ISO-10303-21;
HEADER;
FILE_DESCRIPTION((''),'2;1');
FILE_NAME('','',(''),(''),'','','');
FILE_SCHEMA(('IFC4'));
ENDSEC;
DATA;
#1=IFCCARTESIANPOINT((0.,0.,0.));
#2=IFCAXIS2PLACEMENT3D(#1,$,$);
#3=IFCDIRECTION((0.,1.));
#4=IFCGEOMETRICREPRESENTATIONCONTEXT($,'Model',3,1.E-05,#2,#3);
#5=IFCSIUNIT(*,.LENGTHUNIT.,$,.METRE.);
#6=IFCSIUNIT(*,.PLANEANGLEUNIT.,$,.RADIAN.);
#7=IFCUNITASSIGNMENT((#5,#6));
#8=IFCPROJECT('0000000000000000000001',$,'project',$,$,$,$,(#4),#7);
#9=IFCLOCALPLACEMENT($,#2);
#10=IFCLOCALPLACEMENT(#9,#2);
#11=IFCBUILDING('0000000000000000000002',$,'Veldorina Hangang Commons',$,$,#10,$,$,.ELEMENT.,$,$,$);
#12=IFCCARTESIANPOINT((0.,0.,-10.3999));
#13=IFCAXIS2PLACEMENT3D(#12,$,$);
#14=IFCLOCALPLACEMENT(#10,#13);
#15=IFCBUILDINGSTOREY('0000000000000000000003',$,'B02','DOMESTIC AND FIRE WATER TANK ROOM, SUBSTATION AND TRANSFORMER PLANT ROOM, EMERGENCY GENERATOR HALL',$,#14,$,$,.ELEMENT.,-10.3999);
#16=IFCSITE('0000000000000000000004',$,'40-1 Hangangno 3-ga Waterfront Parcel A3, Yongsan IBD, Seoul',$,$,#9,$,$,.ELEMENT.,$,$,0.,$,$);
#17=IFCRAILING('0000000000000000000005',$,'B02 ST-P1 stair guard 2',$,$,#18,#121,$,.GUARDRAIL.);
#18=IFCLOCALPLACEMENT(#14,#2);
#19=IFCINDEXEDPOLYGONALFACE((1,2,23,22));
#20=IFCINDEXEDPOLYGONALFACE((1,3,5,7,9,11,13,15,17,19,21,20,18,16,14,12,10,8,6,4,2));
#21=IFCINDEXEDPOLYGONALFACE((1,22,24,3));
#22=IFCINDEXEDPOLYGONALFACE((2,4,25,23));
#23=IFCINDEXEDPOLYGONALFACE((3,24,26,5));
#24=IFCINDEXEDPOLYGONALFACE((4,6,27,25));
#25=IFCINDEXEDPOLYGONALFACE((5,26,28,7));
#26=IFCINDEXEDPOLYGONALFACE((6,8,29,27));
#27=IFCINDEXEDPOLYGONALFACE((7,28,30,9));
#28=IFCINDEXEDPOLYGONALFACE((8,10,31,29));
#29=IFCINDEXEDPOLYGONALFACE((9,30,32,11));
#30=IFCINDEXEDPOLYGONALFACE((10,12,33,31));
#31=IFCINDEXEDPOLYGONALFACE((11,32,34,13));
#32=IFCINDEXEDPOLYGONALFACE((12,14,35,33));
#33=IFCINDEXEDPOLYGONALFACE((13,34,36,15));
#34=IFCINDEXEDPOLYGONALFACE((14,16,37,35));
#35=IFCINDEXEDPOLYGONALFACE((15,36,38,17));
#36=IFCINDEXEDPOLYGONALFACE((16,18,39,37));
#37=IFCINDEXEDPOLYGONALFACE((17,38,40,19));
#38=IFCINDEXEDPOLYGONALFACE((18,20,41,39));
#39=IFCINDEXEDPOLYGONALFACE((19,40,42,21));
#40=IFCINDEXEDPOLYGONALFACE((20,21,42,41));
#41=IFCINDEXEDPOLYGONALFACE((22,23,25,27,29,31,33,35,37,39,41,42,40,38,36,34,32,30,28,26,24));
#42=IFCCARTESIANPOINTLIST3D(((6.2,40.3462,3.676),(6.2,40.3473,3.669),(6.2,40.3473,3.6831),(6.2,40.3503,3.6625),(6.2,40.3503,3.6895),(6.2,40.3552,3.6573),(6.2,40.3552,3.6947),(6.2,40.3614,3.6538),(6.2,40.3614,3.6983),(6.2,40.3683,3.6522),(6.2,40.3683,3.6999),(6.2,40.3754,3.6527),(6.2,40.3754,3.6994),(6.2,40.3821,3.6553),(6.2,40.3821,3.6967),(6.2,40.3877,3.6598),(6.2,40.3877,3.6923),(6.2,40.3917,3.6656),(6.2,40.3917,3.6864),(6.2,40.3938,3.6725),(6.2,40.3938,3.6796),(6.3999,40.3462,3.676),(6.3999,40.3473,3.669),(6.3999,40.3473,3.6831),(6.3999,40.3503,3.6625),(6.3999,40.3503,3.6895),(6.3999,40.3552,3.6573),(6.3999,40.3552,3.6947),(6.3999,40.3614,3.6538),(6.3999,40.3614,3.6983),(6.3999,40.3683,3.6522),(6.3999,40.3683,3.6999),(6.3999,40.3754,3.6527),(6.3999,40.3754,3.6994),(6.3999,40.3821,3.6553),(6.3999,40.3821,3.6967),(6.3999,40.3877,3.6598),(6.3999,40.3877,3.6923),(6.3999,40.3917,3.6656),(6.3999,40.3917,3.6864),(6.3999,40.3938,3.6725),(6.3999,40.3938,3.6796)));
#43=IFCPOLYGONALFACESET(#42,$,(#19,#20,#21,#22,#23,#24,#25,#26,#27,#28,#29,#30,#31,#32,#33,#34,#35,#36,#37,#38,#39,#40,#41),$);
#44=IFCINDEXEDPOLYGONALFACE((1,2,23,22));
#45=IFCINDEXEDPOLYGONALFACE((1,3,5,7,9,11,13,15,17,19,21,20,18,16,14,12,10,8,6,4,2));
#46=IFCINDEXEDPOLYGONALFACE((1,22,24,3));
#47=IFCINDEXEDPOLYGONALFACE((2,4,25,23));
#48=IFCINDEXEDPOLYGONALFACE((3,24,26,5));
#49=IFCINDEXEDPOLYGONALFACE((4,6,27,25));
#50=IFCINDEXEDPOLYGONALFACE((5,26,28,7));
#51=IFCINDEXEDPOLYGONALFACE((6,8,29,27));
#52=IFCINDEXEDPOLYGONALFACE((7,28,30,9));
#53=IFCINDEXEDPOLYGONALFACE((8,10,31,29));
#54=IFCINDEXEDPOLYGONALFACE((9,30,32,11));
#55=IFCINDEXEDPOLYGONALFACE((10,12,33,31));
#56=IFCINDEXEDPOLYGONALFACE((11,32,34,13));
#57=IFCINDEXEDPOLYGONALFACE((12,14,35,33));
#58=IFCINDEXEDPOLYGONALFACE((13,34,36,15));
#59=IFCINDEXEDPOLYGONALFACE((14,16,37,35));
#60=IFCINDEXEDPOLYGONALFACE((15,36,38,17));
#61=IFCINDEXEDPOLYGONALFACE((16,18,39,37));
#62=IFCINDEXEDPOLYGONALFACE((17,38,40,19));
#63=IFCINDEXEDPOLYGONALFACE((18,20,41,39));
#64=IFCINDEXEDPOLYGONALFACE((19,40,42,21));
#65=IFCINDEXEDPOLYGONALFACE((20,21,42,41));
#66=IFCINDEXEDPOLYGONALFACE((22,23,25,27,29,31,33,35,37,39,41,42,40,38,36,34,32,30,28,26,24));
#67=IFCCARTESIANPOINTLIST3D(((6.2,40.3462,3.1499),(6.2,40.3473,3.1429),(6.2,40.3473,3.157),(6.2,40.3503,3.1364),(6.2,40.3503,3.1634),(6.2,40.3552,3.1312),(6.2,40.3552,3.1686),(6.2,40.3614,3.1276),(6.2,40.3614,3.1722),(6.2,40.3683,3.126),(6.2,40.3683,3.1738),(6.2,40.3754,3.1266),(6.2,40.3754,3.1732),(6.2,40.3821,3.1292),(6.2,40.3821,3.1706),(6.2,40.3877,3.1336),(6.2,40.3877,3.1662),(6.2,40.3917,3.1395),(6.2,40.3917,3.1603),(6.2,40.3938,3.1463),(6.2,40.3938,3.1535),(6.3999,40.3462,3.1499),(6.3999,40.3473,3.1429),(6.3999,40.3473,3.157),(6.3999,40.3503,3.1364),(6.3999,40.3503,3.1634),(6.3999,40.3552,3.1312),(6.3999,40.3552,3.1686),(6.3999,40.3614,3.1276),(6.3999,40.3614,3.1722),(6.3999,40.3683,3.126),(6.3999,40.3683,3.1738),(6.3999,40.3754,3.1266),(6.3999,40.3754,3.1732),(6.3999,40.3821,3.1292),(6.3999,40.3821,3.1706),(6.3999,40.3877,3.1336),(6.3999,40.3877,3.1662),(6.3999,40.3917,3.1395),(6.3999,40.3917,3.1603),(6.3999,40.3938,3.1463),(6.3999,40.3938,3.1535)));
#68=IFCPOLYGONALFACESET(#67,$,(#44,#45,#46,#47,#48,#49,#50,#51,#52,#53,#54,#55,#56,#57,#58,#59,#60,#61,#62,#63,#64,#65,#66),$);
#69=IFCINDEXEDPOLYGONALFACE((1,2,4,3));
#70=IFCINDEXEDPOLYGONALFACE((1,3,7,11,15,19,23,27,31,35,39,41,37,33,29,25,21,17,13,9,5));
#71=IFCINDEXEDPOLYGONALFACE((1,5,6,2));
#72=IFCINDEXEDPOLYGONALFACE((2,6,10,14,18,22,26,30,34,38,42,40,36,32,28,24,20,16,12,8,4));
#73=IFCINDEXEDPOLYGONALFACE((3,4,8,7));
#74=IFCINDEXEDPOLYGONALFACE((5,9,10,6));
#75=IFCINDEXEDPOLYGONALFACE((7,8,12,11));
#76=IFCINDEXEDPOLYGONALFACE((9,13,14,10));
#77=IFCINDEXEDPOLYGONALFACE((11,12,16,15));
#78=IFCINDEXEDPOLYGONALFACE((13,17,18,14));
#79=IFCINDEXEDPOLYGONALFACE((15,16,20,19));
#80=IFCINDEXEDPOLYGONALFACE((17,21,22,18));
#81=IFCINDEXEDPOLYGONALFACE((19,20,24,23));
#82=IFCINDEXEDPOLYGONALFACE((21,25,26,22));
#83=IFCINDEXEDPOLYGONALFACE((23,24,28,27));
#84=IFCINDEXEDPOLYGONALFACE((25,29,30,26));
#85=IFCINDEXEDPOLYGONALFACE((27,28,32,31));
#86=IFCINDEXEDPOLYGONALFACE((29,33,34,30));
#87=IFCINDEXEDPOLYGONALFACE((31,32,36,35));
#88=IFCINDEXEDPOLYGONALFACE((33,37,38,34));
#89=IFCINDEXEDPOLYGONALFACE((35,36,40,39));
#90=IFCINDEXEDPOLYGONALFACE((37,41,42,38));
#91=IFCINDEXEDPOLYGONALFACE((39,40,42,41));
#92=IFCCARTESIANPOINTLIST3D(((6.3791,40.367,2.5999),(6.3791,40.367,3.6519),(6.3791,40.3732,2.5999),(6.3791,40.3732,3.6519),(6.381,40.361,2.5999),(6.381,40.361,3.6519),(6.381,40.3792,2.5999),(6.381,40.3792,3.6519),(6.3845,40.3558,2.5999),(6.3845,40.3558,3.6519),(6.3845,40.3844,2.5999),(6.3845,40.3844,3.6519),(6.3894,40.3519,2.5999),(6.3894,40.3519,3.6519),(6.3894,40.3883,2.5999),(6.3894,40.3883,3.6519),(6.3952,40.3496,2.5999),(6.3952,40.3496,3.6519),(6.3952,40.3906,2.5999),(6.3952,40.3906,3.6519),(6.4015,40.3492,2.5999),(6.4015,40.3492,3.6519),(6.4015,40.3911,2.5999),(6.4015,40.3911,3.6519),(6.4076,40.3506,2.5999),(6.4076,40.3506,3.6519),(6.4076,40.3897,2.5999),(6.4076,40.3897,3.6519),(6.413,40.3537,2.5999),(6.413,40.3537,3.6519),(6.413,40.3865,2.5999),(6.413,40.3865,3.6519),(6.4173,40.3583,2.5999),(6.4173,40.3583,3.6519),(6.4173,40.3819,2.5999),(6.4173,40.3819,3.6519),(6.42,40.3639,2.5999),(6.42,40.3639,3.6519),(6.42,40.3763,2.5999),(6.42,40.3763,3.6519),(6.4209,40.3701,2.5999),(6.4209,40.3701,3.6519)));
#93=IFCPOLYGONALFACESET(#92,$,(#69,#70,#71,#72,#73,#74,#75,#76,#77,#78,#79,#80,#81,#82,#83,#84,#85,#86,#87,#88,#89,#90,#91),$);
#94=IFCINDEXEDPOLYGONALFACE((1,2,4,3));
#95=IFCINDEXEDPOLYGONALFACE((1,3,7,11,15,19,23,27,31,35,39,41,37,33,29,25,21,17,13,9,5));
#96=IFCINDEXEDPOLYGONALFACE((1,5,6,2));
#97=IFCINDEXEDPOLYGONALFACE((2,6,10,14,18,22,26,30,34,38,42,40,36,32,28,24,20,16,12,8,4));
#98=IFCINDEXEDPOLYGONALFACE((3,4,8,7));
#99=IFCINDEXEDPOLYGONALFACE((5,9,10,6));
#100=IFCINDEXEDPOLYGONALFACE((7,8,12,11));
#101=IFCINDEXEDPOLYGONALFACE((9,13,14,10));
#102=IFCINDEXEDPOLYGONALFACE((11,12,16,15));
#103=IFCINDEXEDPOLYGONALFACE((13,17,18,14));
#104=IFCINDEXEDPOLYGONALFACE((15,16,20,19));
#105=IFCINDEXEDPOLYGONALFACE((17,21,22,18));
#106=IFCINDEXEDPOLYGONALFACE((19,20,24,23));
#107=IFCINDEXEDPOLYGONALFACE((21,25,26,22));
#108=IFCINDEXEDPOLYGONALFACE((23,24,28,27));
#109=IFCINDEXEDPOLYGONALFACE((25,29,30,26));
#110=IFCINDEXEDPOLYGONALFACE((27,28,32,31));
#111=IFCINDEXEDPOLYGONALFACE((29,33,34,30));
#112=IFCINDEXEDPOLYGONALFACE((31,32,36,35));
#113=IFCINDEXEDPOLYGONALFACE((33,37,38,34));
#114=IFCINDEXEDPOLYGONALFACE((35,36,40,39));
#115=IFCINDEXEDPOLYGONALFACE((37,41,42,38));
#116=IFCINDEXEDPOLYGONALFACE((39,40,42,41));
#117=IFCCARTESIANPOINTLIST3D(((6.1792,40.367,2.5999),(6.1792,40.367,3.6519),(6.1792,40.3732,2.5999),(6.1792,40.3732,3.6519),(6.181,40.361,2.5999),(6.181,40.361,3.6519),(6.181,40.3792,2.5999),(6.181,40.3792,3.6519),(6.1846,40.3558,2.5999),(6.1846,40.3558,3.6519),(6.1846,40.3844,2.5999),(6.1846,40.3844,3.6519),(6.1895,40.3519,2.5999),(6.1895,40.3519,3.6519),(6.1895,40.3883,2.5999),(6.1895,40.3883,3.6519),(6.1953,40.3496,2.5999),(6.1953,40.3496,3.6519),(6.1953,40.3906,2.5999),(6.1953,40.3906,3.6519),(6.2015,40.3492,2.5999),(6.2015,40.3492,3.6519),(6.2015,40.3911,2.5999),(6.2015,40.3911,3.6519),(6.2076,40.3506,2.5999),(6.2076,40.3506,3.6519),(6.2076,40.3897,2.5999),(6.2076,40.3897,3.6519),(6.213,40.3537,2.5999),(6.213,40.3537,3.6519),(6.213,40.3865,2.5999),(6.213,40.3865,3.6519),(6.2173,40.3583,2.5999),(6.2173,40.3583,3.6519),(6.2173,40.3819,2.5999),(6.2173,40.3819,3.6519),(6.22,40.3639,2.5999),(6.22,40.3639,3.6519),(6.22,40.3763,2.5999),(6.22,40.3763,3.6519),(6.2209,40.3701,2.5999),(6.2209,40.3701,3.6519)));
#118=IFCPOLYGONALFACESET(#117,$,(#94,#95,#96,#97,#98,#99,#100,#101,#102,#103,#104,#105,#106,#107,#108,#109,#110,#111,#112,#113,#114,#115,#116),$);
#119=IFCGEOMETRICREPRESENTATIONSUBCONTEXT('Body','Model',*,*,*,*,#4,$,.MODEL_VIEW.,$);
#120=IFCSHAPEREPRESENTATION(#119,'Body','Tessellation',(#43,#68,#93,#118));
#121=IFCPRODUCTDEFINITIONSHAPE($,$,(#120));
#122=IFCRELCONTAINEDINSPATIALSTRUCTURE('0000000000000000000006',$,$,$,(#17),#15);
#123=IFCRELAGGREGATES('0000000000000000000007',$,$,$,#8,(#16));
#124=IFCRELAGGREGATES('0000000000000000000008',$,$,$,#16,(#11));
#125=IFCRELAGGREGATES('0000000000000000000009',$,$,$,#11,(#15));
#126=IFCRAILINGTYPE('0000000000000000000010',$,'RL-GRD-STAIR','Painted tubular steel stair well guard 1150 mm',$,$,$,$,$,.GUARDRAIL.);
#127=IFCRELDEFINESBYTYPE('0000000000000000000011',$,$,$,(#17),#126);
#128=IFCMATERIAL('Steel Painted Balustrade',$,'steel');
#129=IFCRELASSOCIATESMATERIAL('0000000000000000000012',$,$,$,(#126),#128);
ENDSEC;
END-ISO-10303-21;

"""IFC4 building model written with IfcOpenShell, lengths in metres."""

from ifc_helpers import new_model, si_unit, direction, frame, origin, origin_2d, place, context, subcontext, project, spatial, circle, extrude, material, type_object, element, save


model = new_model("IFC4")

# Units and contexts
model_context = context("Model", 3, precision=1e-05, world=origin(), true_north=direction((0.0, 1.0)))
body_context = subcontext(model_context, "Body", "Model", "MODEL_VIEW")
ifc_project = project(units=[si_unit("LENGTHUNIT", "METRE"), si_unit("PLANEANGLEUNIT", "RADIAN")], contexts=[model_context])

# Site, building, storey
site_placement = place(None, origin())
site = spatial("IfcSite", under=ifc_project, at=site_placement, Name="40-1 Hangangno 3-ga Waterfront Parcel A3, Yongsan IBD, Seoul", CompositionType="ELEMENT", RefElevation=0.0)
building_placement = place(site_placement, origin())
building = spatial("IfcBuilding", under=site, at=building_placement, Name="Veldorina Hangang Commons", CompositionType="ELEMENT")
storey_placement = place(building_placement, frame((0.0, 0.0, -10.3999)))
storey = spatial("IfcBuildingStorey", under=building, at=storey_placement, Name="B02", Description="DOMESTIC AND FIRE WATER TANK ROOM, SUBSTATION AND TRANSFORMER PLANT ROOM, EMERGENCY GENERATOR HALL", CompositionType="ELEMENT", Elevation=-10.3999)

# Railing
ifc_material_1 = material(Name="Steel Painted Balustrade", Category="steel")
railing_type_1 = type_object("IfcRailingType", Name="RL-GRD-STAIR", Description="Painted tubular steel stair well guard 1150 mm", PredefinedType="GUARDRAIL", material=ifc_material_1)
railing_1_placement = place(storey_placement, frame((6.3999, 40.3701, 2.5999)))
element("IfcRailing", 1, at=railing_1_placement, inside=storey, type_object=railing_type_1, Name="B02 ST-P1 stair guard 2", PredefinedType="GUARDRAIL", context=body_context, shape_type="SweptSolid", body=[
    extrude(circle(Radius=0.0239, at=origin_2d()), frame((0.0, 0.0, 1.0762), z_axis=(-1.0, 0.0, 0.0), x_axis=(0.0, -1.0, 0.0)), (0.0, 0.0, 1.0), 0.2),
    extrude(circle(Radius=0.0239, at=origin_2d()), frame((0.0, 0.0, 0.55), z_axis=(-1.0, 0.0, 0.0), x_axis=(0.0, -1.0, 0.0)), (0.0, 0.0, 1.0), 0.2),
    extrude(circle(Radius=0.021, at=origin_2d()), origin(), (0.0, 0.0, 1.0), 1.052),
    extrude(circle(Radius=0.021, at=origin_2d()), frame((-0.2, 0.0, 0.0)), (0.0, 0.0, 1.0), 1.052),
])

save(model, "model.ifc")
